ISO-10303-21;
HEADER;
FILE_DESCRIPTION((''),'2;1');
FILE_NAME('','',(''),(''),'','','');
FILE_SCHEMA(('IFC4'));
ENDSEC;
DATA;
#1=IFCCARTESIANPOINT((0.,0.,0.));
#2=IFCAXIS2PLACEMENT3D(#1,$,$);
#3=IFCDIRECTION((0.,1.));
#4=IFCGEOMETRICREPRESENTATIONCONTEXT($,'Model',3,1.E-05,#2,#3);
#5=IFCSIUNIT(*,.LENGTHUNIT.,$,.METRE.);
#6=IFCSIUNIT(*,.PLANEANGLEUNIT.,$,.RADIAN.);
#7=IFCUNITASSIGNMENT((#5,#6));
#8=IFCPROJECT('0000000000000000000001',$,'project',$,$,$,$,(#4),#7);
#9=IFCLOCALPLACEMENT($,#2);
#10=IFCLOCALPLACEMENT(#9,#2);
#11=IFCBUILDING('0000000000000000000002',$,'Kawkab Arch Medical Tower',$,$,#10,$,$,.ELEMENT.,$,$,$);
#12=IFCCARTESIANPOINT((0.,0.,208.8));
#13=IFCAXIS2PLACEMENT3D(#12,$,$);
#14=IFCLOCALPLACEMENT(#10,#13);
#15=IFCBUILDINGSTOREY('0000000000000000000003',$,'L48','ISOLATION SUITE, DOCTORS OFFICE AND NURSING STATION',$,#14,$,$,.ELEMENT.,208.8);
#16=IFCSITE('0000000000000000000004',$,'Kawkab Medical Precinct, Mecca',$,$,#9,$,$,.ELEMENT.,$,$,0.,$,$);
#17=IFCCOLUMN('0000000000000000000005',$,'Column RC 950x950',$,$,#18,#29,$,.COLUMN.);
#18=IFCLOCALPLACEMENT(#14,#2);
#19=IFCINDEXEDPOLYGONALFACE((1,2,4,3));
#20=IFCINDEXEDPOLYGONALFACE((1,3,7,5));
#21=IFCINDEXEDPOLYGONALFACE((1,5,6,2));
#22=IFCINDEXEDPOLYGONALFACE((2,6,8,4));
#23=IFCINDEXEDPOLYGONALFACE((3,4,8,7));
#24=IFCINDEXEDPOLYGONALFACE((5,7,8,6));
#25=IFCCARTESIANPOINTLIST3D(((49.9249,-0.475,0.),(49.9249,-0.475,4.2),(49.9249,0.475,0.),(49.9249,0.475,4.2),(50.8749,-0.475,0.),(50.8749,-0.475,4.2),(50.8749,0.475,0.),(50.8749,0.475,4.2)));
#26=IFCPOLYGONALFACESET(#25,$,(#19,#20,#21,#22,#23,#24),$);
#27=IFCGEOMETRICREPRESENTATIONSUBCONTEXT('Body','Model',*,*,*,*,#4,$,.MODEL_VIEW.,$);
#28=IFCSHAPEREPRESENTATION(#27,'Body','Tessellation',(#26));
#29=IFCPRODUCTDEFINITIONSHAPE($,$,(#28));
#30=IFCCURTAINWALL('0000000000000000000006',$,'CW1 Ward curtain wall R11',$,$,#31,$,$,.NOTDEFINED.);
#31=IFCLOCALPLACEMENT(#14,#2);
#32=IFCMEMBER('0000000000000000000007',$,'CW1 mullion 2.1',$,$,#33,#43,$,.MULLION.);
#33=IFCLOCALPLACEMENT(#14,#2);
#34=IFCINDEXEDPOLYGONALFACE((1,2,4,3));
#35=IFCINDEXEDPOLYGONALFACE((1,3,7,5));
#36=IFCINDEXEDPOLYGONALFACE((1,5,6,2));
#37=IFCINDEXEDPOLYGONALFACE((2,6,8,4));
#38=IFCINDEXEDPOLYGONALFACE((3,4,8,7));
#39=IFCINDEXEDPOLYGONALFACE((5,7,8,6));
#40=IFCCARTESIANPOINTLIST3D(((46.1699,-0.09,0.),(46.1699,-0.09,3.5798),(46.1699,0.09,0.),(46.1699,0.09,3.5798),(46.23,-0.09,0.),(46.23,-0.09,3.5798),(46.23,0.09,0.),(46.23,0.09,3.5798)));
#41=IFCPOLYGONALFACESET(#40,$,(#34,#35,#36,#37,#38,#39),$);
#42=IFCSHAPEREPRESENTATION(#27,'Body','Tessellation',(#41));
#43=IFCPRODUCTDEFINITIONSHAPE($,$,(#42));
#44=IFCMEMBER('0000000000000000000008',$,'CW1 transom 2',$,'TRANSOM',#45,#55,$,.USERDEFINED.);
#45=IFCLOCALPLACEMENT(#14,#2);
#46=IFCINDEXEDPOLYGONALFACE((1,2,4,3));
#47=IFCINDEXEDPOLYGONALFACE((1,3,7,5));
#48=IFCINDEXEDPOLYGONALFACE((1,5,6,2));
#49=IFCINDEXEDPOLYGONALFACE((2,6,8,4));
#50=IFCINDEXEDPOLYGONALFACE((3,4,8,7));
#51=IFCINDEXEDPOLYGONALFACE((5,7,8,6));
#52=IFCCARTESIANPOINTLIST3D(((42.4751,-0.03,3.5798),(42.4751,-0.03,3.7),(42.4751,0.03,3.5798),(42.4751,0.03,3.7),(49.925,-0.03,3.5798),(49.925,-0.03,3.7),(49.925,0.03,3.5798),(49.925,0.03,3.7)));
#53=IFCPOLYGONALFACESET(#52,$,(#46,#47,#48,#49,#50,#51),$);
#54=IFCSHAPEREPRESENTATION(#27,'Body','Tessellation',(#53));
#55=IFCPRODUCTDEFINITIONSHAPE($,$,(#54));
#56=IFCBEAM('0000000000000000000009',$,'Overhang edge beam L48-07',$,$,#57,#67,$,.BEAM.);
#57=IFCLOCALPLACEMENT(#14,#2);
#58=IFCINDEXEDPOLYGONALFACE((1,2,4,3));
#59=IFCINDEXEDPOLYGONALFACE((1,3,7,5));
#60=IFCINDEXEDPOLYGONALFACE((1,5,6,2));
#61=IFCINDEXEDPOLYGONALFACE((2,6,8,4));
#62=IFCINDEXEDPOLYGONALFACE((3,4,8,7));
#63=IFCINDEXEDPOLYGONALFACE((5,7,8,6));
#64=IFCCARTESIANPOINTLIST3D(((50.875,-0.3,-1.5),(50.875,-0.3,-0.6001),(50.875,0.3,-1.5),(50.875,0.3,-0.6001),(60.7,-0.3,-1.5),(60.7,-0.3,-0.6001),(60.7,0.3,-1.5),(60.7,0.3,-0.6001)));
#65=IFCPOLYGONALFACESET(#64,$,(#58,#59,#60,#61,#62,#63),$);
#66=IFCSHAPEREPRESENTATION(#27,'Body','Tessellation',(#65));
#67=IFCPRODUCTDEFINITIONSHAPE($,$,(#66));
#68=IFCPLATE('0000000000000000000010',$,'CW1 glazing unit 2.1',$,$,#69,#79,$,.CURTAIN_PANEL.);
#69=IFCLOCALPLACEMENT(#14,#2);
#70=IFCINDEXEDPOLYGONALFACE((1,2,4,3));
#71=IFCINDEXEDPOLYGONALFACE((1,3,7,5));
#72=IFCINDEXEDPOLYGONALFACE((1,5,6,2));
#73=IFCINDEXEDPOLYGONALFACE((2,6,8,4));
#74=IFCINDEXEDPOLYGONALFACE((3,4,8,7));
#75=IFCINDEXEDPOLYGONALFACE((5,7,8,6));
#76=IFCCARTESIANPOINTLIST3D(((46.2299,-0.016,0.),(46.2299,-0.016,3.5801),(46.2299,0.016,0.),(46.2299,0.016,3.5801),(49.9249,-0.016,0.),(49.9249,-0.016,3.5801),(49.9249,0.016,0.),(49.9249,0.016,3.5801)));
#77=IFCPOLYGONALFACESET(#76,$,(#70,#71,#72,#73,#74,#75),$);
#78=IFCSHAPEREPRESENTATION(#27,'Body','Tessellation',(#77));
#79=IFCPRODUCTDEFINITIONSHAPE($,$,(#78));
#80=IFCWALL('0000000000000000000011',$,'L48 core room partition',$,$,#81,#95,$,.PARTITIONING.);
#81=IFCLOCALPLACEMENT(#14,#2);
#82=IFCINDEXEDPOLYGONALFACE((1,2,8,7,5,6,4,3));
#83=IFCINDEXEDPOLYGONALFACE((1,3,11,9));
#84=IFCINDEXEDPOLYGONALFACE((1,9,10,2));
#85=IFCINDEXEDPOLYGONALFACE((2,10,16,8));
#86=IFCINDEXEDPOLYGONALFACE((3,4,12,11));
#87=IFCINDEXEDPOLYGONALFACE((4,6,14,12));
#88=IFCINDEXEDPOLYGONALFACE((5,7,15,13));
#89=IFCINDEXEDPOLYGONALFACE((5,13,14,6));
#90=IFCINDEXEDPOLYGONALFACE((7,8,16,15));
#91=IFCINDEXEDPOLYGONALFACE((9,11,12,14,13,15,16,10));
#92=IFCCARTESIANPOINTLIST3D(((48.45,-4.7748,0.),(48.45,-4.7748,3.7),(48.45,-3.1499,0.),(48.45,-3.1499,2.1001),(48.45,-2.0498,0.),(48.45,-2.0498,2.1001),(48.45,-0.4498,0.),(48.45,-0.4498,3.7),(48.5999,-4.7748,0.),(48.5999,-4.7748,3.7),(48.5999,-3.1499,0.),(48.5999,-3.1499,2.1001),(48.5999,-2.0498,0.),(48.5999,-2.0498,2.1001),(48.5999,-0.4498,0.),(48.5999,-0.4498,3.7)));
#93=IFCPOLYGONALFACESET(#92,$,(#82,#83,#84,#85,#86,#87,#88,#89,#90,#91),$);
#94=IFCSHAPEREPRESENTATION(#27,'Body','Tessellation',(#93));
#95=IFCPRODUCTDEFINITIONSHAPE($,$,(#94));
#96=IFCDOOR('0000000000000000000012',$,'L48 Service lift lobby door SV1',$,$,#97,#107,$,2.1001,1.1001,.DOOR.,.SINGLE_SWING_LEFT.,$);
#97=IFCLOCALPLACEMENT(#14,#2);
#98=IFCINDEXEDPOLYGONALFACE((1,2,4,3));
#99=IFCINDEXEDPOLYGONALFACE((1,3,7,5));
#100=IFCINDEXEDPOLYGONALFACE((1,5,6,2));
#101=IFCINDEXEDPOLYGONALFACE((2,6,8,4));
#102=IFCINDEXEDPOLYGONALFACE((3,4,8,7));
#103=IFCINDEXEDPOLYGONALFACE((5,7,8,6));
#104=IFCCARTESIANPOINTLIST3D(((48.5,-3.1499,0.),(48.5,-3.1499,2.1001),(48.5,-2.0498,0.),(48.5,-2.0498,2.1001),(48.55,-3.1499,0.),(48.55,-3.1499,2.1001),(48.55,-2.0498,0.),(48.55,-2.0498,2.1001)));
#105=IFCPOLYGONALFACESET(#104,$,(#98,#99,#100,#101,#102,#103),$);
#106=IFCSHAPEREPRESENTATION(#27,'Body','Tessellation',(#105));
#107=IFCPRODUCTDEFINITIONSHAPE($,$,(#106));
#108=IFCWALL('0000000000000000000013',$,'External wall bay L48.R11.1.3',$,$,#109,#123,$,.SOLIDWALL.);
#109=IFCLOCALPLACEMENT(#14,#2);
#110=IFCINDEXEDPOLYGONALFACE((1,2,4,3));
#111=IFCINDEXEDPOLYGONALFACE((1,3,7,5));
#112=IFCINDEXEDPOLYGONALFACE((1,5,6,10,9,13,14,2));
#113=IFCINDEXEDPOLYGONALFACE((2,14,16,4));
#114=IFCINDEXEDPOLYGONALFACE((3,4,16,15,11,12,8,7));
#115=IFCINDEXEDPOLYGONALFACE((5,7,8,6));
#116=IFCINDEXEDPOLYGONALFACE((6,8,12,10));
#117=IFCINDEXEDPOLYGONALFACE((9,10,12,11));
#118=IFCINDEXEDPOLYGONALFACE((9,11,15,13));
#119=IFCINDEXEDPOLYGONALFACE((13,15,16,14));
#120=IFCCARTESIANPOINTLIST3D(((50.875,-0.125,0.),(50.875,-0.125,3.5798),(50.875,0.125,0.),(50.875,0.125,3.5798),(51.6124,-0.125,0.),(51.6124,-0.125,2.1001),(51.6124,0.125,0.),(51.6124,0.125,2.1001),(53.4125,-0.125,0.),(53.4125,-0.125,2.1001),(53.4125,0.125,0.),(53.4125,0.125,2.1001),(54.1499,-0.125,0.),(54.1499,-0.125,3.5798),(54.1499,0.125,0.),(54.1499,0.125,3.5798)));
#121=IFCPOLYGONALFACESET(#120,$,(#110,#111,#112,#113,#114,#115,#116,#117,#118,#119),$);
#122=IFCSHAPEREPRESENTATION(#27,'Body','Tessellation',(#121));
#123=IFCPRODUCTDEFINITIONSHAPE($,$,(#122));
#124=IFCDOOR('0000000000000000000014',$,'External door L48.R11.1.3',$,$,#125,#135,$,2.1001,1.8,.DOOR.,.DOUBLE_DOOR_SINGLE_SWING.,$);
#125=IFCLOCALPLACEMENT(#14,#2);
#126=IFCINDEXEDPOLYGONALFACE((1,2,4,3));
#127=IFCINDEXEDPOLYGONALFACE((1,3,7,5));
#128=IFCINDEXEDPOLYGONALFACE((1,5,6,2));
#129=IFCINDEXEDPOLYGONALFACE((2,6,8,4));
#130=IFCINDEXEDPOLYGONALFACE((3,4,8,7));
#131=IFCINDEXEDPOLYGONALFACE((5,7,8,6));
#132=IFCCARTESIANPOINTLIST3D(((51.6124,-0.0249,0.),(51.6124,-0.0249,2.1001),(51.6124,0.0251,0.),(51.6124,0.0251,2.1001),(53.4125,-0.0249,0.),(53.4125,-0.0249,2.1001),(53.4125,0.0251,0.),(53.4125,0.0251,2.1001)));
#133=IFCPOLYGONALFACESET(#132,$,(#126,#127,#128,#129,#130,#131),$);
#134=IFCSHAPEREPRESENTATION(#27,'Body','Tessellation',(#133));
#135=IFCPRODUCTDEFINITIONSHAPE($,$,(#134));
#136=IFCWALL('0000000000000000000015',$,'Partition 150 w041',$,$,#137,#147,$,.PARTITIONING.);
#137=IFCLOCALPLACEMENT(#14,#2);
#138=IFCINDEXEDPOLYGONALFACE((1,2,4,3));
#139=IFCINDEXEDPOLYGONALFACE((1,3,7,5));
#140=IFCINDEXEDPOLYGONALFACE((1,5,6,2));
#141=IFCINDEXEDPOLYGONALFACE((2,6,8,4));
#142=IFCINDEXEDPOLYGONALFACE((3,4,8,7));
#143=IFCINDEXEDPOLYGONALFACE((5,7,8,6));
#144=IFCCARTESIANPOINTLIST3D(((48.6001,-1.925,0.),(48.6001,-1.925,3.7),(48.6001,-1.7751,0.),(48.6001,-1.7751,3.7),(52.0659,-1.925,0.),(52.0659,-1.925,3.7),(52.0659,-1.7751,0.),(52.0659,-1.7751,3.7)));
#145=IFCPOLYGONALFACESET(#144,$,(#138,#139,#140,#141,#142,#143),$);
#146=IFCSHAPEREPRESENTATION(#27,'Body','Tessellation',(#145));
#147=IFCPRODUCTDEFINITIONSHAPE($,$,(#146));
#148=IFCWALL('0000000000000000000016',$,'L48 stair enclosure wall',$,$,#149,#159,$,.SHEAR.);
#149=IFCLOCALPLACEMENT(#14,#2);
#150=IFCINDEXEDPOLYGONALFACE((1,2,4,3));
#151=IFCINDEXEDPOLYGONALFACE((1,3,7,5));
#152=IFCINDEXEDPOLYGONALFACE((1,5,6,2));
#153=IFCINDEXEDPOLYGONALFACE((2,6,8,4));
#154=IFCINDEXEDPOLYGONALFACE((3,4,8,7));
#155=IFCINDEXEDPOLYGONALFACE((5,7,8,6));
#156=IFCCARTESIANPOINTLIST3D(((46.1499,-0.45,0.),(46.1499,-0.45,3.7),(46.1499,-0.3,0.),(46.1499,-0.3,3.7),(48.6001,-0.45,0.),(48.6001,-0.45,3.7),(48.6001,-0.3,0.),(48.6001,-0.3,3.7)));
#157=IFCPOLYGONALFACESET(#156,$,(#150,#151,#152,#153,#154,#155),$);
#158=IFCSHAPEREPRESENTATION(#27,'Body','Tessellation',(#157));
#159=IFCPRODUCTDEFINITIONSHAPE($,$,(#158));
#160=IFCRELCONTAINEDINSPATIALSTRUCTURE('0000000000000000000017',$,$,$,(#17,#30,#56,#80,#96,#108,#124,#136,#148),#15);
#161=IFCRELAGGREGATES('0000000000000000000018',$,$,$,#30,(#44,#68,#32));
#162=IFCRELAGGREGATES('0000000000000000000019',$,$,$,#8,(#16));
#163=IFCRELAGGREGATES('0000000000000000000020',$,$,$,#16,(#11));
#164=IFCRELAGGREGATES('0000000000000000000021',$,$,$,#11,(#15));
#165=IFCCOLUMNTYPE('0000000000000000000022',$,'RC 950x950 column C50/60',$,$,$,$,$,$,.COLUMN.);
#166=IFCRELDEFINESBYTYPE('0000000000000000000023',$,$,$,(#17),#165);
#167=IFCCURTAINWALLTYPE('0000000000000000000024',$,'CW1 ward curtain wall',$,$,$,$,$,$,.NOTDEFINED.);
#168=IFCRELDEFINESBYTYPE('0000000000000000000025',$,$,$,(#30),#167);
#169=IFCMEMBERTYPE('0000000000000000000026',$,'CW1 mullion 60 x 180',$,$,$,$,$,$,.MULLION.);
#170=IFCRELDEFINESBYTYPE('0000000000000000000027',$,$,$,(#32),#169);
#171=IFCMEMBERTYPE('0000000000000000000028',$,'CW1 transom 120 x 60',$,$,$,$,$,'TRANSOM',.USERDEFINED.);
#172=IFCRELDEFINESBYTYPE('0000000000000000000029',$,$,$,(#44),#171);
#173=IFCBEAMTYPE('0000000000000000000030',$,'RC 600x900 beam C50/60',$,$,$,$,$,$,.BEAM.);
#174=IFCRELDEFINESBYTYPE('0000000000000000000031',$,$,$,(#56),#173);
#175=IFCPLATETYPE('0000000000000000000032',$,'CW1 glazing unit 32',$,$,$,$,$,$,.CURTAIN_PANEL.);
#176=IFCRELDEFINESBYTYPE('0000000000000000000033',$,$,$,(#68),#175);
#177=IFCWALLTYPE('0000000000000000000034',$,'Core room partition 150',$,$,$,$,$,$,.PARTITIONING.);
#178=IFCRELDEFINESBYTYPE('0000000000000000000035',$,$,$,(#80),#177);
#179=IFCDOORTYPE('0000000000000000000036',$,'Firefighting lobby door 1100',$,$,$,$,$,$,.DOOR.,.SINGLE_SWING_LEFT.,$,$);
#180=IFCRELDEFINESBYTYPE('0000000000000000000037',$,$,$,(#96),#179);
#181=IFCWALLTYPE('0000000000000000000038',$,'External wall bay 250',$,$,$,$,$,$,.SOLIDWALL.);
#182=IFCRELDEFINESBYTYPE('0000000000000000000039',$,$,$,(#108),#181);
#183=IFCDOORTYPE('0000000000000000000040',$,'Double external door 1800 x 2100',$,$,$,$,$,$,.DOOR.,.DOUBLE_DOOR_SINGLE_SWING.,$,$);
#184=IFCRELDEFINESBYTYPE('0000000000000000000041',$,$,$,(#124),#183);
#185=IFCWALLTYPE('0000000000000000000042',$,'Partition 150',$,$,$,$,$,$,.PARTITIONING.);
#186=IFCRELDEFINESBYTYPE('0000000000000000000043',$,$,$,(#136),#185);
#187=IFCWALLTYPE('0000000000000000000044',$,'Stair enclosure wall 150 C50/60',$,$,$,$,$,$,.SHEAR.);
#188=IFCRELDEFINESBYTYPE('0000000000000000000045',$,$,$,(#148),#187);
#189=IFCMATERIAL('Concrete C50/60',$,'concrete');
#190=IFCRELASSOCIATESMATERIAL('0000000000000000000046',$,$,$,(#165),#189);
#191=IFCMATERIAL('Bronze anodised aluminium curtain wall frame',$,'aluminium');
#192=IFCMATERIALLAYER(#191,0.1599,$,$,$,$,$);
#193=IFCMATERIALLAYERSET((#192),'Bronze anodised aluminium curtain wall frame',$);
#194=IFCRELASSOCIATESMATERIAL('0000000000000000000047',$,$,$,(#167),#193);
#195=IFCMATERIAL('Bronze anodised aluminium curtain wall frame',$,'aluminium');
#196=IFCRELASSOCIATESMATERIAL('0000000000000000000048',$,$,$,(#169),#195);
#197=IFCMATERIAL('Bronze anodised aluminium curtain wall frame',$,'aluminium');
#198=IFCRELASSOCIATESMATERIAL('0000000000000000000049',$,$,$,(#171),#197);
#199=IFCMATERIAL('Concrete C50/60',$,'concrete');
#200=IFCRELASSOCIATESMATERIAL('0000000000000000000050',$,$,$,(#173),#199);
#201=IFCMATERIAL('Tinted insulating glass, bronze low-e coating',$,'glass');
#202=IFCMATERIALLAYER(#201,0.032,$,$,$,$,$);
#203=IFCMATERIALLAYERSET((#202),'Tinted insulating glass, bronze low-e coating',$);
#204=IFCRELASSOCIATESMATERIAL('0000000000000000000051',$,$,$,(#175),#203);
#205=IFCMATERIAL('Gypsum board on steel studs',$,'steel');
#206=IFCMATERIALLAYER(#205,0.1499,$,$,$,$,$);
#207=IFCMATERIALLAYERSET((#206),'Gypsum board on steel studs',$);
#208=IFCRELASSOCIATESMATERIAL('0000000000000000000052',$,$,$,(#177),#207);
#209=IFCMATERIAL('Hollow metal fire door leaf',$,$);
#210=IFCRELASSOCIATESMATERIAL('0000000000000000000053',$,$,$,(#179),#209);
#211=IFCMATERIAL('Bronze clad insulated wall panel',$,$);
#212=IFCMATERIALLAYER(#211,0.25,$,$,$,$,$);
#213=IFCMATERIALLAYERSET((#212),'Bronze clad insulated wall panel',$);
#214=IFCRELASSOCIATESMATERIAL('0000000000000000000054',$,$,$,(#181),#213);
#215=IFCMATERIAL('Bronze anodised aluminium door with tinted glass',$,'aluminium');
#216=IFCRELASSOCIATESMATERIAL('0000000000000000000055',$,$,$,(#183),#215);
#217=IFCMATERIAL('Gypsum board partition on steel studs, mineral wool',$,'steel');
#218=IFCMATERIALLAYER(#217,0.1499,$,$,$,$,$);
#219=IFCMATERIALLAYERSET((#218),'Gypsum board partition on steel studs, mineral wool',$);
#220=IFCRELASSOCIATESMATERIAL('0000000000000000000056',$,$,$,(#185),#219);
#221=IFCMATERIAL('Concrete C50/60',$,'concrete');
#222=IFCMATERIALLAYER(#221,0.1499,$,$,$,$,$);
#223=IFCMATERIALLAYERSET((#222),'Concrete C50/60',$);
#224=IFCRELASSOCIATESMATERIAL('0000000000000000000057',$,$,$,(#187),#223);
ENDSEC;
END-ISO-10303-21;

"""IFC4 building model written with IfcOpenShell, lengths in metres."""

from ifc_helpers import new_model, si_unit, direction, frame, frame_2d, origin, origin_2d, place, context, subcontext, project, spatial, rectangle, extrude, material, layer, layer_set, material_profile, profile_set, type_object, element, fill, aggregate, save


model = new_model("IFC4")

# Units and contexts
model_context = context("Model", 3, precision=1e-05, world=origin(), true_north=direction((0.0, 1.0)))
body_context = subcontext(model_context, "Body", "Model", "MODEL_VIEW")
ifc_project = project(units=[si_unit("LENGTHUNIT", "METRE"), si_unit("PLANEANGLEUNIT", "RADIAN")], contexts=[model_context])

# Site, building, storey
site_placement = place(None, origin())
site = spatial("IfcSite", under=ifc_project, at=site_placement, Name="Kawkab Medical Precinct, Mecca", CompositionType="ELEMENT", RefElevation=0.0)
building_placement = place(site_placement, origin())
building = spatial("IfcBuilding", under=site, at=building_placement, Name="Kawkab Arch Medical Tower", CompositionType="ELEMENT")
storey_placement = place(building_placement, frame((0.0, 0.0, 208.8)))
storey = spatial("IfcBuildingStorey", under=building, at=storey_placement, Name="L48", Description="ISOLATION SUITE, DOCTORS OFFICE AND NURSING STATION", CompositionType="ELEMENT", Elevation=208.8)

# Column
ifc_material_1 = material(Name="Concrete C50/60", Category="concrete")
ifc_material_profile_1 = material_profile(ifc_material_1, rectangle(XDim=0.95, YDim=0.95, at=origin_2d()), Name="RC 950x950")
ifc_profile_set_1 = profile_set([ifc_material_profile_1], Name="Concrete C50/60")
column_type = type_object("IfcColumnType", Name="RC 950x950 column C50/60", PredefinedType="COLUMN", material=ifc_profile_set_1)
column_placement = place(storey_placement, frame((50.3999, 0.0, 0.0), z_axis=(0.0, 0.0, 1.0), x_axis=(1.0, 0.0, 0.0)))
element("IfcColumn", 1, at=column_placement, inside=storey, type_object=column_type, Name="Column RC 950x950", PredefinedType="COLUMN", context=body_context, shape_type="SweptSolid", body=[
    extrude(rectangle(XDim=0.95, YDim=0.95, at=origin_2d()), origin(), (0.0, 0.0, 1.0), 4.2),
])

# Curtain wall, members
ifc_material_2 = material(Name="Bronze anodised aluminium curtain wall frame", Category="aluminium")
ifc_layer_1 = layer(ifc_material_2, 0.1599)
ifc_layer_set_1 = layer_set([ifc_layer_1], Name="Bronze anodised aluminium curtain wall frame")
curtain_wall_type = type_object("IfcCurtainWallType", Name="CW1 ward curtain wall", PredefinedType="NOTDEFINED", material=ifc_layer_set_1)
curtain_wall_placement = place(storey_placement, origin())
curtain_wall = element("IfcCurtainWall", 2, at=curtain_wall_placement, inside=storey, type_object=curtain_wall_type, Name="CW1 Ward curtain wall R11", PredefinedType="NOTDEFINED")
ifc_material_3 = material(Name="Bronze anodised aluminium curtain wall frame", Category="aluminium")
ifc_material_profile_2 = material_profile(ifc_material_3, rectangle(XDim=0.1799, YDim=0.0601, at=origin_2d()), Name="AL 60x180")
ifc_profile_set_2 = profile_set([ifc_material_profile_2], Name="Bronze anodised aluminium curtain wall frame")
member_type_1 = type_object("IfcMemberType", Name="CW1 mullion 60 x 180", PredefinedType="MULLION", material=ifc_profile_set_2)
member_1_placement = place(storey_placement, frame((46.2, 0.0, 0.0), z_axis=(0.0, 0.0, 1.0), x_axis=(0.0, -1.0, 0.0)))
member_1 = element("IfcMember", 3, at=member_1_placement, type_object=member_type_1, Name="CW1 mullion 2.1", PredefinedType="MULLION", context=body_context, shape_type="SweptSolid", body=[
    extrude(rectangle(XDim=0.1799, YDim=0.0601, at=origin_2d()), origin(), (0.0, 0.0, 1.0), 3.5798),
])
ifc_material_4 = material(Name="Bronze anodised aluminium curtain wall frame", Category="aluminium")
ifc_material_profile_3 = material_profile(ifc_material_4, rectangle(XDim=0.0601, YDim=0.1201, at=origin_2d()), Name="AL 60x120")
ifc_profile_set_3 = profile_set([ifc_material_profile_3], Name="Bronze anodised aluminium curtain wall frame")
member_type_2 = type_object("IfcMemberType", Name="CW1 transom 120 x 60", ElementType="TRANSOM", PredefinedType="USERDEFINED", material=ifc_profile_set_3)
member_2_placement = place(storey_placement, frame((49.925, 0.0, 3.6399), z_axis=(-1.0, 0.0, 0.0), x_axis=(0.0, -1.0, 0.0)))
member_2 = element("IfcMember", 4, at=member_2_placement, type_object=member_type_2, Name="CW1 transom 2", ObjectType="TRANSOM", PredefinedType="USERDEFINED", context=body_context, shape_type="SweptSolid", body=[
    extrude(rectangle(XDim=0.0601, YDim=0.1201, at=origin_2d()), origin(), (0.0, 0.0, 1.0), 7.45),
])

# Beam
ifc_material_5 = material(Name="Concrete C50/60", Category="concrete")
ifc_material_profile_4 = material_profile(ifc_material_5, rectangle(XDim=0.6001, YDim=0.8999, at=origin_2d()), Name="RC 600x900")
ifc_profile_set_4 = profile_set([ifc_material_profile_4], Name="Concrete C50/60")
beam_type = type_object("IfcBeamType", Name="RC 600x900 beam C50/60", PredefinedType="BEAM", material=ifc_profile_set_4)
beam_placement = place(storey_placement, frame((50.875, 0.0, -1.05), z_axis=(1.0, 0.0, 0.0), x_axis=(0.0, 1.0, 0.0)))
element("IfcBeam", 5, at=beam_placement, inside=storey, type_object=beam_type, Name="Overhang edge beam L48-07", PredefinedType="BEAM", context=body_context, shape_type="SweptSolid", body=[
    extrude(rectangle(XDim=0.6001, YDim=0.8999, at=origin_2d()), origin(), (0.0, 0.0, 1.0), 9.825),
])

# Plate
ifc_material_6 = material(Name="Tinted insulating glass, bronze low-e coating", Category="glass")
ifc_layer_2 = layer(ifc_material_6, 0.032)
ifc_layer_set_2 = layer_set([ifc_layer_2], Name="Tinted insulating glass, bronze low-e coating")
plate_type = type_object("IfcPlateType", Name="CW1 glazing unit 32", PredefinedType="CURTAIN_PANEL", material=ifc_layer_set_2)
plate_placement = place(storey_placement, frame((48.0774, 0.0, 0.0), z_axis=(0.0, 0.0, 1.0), x_axis=(-1.0, 0.0, 0.0)))
plate = element("IfcPlate", 6, at=plate_placement, type_object=plate_type, Name="CW1 glazing unit 2.1", PredefinedType="CURTAIN_PANEL", context=body_context, shape_type="SweptSolid", body=[
    extrude(rectangle(XDim=3.6951, YDim=0.032, at=origin_2d()), origin(), (0.0, 0.0, 1.0), 3.5801),
])
aggregate(curtain_wall, [member_2, plate, member_1])

# Walls, openings, doors
ifc_material_7 = material(Name="Gypsum board on steel studs", Category="steel")
ifc_layer_3 = layer(ifc_material_7, 0.1499)
ifc_layer_set_3 = layer_set([ifc_layer_3], Name="Gypsum board on steel studs")
wall_type_1 = type_object("IfcWallType", Name="Core room partition 150", PredefinedType="PARTITIONING", material=ifc_layer_set_3)
wall_1_placement = place(storey_placement, frame((48.5249, -4.7749, 0.0), z_axis=(0.0, 0.0, 1.0), x_axis=(0.0, 1.0, 0.0)))
wall_1 = element("IfcWall", 7, at=wall_1_placement, inside=storey, type_object=wall_type_1, Name="L48 core room partition", PredefinedType="PARTITIONING", context=body_context, shape_type="SweptSolid", body=[
    extrude(rectangle(XDim=4.325, YDim=0.1499, at=frame_2d((2.1626, 0.0))), origin(), (0.0, 0.0, 1.0), 3.7),
])
opening_1_placement = place(wall_1_placement, frame((1.625, 0.0, 0.0)))
opening_1 = element("IfcOpeningElement", 8, at=opening_1_placement, cuts=wall_1, PredefinedType="OPENING", context=body_context, shape_type="SweptSolid", body=[
    extrude(rectangle(XDim=1.1001, YDim=2.1001, at=frame_2d((0.55, 1.05))), frame((0.0, 0.085, 0.0), z_axis=(0.0, -1.0, 0.0), x_axis=(1.0, 0.0, 0.0)), (0.0, 0.0, 1.0), 0.1699),
])
ifc_material_8 = material(Name="Hollow metal fire door leaf")
door_type_1 = type_object("IfcDoorType", Name="Firefighting lobby door 1100", OperationType="SINGLE_SWING_LEFT", PredefinedType="DOOR", material=ifc_material_8)
door_1_placement = place(opening_1_placement, origin())
door_1 = element("IfcDoor", 9, at=door_1_placement, inside=storey, type_object=door_type_1, Name="L48 Service lift lobby door SV1", OperationType="SINGLE_SWING_LEFT", OverallHeight=2.1001, OverallWidth=1.1001, PredefinedType="DOOR", context=body_context, shape_type="SweptSolid", body=[
    extrude(rectangle(XDim=1.1001, YDim=2.1001, at=frame_2d((0.55, 1.05))), frame((0.0, 0.0249, 0.0), z_axis=(0.0, -1.0, 0.0), x_axis=(1.0, 0.0, 0.0)), (0.0, 0.0, 1.0), 0.05),
])
fill(opening_1, door_1)
ifc_material_9 = material(Name="Bronze clad insulated wall panel")
ifc_layer_4 = layer(ifc_material_9, 0.25)
ifc_layer_set_4 = layer_set([ifc_layer_4], Name="Bronze clad insulated wall panel")
wall_type_2 = type_object("IfcWallType", Name="External wall bay 250", PredefinedType="SOLIDWALL", material=ifc_layer_set_4)
wall_2_placement = place(storey_placement, frame((54.1499, 0.0, 0.0), z_axis=(0.0, 0.0, 1.0), x_axis=(-1.0, 0.0, 0.0)))
wall_2 = element("IfcWall", 10, at=wall_2_placement, inside=storey, type_object=wall_type_2, Name="External wall bay L48.R11.1.3", PredefinedType="SOLIDWALL", context=body_context, shape_type="SweptSolid", body=[
    extrude(rectangle(XDim=3.2749, YDim=0.25, at=frame_2d((1.6375, 0.0))), origin(), (0.0, 0.0, 1.0), 3.5798),
])
opening_2_placement = place(wall_2_placement, frame((0.7375, 0.0, 0.0)))
opening_2 = element("IfcOpeningElement", 11, at=opening_2_placement, cuts=wall_2, PredefinedType="OPENING", context=body_context, shape_type="SweptSolid", body=[
    extrude(rectangle(XDim=1.8, YDim=2.1001, at=frame_2d((0.8999, 1.05))), frame((0.0, 0.135, 0.0), z_axis=(0.0, -1.0, 0.0), x_axis=(1.0, 0.0, 0.0)), (0.0, 0.0, 1.0), 0.27),
])
ifc_material_10 = material(Name="Bronze anodised aluminium door with tinted glass", Category="aluminium")
door_type_2 = type_object("IfcDoorType", Name="Double external door 1800 x 2100", OperationType="DOUBLE_DOOR_SINGLE_SWING", PredefinedType="DOOR", material=ifc_material_10)
door_2_placement = place(opening_2_placement, origin())
door_2 = element("IfcDoor", 12, at=door_2_placement, inside=storey, type_object=door_type_2, Name="External door L48.R11.1.3", OperationType="DOUBLE_DOOR_SINGLE_SWING", OverallHeight=2.1001, OverallWidth=1.8, PredefinedType="DOOR", context=body_context, shape_type="SweptSolid", body=[
    extrude(rectangle(XDim=1.8, YDim=2.1001, at=frame_2d((0.8999, 1.05))), frame((0.0, 0.0249, 0.0), z_axis=(0.0, -1.0, 0.0), x_axis=(1.0, 0.0, 0.0)), (0.0, 0.0, 1.0), 0.05),
])
fill(opening_2, door_2)

# Walls
ifc_material_11 = material(Name="Gypsum board partition on steel studs, mineral wool", Category="steel")
ifc_layer_5 = layer(ifc_material_11, 0.1499)
ifc_layer_set_5 = layer_set([ifc_layer_5], Name="Gypsum board partition on steel studs, mineral wool")
wall_type_3 = type_object("IfcWallType", Name="Partition 150", PredefinedType="PARTITIONING", material=ifc_layer_set_5)
wall_3_placement = place(storey_placement, frame((48.6001, -1.8501, 0.0), z_axis=(0.0, 0.0, 1.0), x_axis=(1.0, 0.0, 0.0)))
element("IfcWall", 13, at=wall_3_placement, inside=storey, type_object=wall_type_3, Name="Partition 150 w041", PredefinedType="PARTITIONING", context=body_context, shape_type="SweptSolid", body=[
    extrude(rectangle(XDim=3.4658, YDim=0.1499, at=frame_2d((1.7329, 0.0))), origin(), (0.0, 0.0, 1.0), 3.7),
])
ifc_material_12 = material(Name="Concrete C50/60", Category="concrete")
ifc_layer_6 = layer(ifc_material_12, 0.1499)
ifc_layer_set_6 = layer_set([ifc_layer_6], Name="Concrete C50/60")
wall_type_4 = type_object("IfcWallType", Name="Stair enclosure wall 150 C50/60", PredefinedType="SHEAR", material=ifc_layer_set_6)
wall_4_placement = place(storey_placement, frame((46.1499, -0.375, 0.0), z_axis=(0.0, 0.0, 1.0), x_axis=(1.0, 0.0, 0.0)))
element("IfcWall", 14, at=wall_4_placement, inside=storey, type_object=wall_type_4, Name="L48 stair enclosure wall", PredefinedType="SHEAR", context=body_context, shape_type="SweptSolid", body=[
    extrude(rectangle(XDim=2.4502, YDim=0.1499, at=frame_2d((1.2251, 0.0))), origin(), (0.0, 0.0, 1.0), 3.7),
])

save(model, "model.ifc")
